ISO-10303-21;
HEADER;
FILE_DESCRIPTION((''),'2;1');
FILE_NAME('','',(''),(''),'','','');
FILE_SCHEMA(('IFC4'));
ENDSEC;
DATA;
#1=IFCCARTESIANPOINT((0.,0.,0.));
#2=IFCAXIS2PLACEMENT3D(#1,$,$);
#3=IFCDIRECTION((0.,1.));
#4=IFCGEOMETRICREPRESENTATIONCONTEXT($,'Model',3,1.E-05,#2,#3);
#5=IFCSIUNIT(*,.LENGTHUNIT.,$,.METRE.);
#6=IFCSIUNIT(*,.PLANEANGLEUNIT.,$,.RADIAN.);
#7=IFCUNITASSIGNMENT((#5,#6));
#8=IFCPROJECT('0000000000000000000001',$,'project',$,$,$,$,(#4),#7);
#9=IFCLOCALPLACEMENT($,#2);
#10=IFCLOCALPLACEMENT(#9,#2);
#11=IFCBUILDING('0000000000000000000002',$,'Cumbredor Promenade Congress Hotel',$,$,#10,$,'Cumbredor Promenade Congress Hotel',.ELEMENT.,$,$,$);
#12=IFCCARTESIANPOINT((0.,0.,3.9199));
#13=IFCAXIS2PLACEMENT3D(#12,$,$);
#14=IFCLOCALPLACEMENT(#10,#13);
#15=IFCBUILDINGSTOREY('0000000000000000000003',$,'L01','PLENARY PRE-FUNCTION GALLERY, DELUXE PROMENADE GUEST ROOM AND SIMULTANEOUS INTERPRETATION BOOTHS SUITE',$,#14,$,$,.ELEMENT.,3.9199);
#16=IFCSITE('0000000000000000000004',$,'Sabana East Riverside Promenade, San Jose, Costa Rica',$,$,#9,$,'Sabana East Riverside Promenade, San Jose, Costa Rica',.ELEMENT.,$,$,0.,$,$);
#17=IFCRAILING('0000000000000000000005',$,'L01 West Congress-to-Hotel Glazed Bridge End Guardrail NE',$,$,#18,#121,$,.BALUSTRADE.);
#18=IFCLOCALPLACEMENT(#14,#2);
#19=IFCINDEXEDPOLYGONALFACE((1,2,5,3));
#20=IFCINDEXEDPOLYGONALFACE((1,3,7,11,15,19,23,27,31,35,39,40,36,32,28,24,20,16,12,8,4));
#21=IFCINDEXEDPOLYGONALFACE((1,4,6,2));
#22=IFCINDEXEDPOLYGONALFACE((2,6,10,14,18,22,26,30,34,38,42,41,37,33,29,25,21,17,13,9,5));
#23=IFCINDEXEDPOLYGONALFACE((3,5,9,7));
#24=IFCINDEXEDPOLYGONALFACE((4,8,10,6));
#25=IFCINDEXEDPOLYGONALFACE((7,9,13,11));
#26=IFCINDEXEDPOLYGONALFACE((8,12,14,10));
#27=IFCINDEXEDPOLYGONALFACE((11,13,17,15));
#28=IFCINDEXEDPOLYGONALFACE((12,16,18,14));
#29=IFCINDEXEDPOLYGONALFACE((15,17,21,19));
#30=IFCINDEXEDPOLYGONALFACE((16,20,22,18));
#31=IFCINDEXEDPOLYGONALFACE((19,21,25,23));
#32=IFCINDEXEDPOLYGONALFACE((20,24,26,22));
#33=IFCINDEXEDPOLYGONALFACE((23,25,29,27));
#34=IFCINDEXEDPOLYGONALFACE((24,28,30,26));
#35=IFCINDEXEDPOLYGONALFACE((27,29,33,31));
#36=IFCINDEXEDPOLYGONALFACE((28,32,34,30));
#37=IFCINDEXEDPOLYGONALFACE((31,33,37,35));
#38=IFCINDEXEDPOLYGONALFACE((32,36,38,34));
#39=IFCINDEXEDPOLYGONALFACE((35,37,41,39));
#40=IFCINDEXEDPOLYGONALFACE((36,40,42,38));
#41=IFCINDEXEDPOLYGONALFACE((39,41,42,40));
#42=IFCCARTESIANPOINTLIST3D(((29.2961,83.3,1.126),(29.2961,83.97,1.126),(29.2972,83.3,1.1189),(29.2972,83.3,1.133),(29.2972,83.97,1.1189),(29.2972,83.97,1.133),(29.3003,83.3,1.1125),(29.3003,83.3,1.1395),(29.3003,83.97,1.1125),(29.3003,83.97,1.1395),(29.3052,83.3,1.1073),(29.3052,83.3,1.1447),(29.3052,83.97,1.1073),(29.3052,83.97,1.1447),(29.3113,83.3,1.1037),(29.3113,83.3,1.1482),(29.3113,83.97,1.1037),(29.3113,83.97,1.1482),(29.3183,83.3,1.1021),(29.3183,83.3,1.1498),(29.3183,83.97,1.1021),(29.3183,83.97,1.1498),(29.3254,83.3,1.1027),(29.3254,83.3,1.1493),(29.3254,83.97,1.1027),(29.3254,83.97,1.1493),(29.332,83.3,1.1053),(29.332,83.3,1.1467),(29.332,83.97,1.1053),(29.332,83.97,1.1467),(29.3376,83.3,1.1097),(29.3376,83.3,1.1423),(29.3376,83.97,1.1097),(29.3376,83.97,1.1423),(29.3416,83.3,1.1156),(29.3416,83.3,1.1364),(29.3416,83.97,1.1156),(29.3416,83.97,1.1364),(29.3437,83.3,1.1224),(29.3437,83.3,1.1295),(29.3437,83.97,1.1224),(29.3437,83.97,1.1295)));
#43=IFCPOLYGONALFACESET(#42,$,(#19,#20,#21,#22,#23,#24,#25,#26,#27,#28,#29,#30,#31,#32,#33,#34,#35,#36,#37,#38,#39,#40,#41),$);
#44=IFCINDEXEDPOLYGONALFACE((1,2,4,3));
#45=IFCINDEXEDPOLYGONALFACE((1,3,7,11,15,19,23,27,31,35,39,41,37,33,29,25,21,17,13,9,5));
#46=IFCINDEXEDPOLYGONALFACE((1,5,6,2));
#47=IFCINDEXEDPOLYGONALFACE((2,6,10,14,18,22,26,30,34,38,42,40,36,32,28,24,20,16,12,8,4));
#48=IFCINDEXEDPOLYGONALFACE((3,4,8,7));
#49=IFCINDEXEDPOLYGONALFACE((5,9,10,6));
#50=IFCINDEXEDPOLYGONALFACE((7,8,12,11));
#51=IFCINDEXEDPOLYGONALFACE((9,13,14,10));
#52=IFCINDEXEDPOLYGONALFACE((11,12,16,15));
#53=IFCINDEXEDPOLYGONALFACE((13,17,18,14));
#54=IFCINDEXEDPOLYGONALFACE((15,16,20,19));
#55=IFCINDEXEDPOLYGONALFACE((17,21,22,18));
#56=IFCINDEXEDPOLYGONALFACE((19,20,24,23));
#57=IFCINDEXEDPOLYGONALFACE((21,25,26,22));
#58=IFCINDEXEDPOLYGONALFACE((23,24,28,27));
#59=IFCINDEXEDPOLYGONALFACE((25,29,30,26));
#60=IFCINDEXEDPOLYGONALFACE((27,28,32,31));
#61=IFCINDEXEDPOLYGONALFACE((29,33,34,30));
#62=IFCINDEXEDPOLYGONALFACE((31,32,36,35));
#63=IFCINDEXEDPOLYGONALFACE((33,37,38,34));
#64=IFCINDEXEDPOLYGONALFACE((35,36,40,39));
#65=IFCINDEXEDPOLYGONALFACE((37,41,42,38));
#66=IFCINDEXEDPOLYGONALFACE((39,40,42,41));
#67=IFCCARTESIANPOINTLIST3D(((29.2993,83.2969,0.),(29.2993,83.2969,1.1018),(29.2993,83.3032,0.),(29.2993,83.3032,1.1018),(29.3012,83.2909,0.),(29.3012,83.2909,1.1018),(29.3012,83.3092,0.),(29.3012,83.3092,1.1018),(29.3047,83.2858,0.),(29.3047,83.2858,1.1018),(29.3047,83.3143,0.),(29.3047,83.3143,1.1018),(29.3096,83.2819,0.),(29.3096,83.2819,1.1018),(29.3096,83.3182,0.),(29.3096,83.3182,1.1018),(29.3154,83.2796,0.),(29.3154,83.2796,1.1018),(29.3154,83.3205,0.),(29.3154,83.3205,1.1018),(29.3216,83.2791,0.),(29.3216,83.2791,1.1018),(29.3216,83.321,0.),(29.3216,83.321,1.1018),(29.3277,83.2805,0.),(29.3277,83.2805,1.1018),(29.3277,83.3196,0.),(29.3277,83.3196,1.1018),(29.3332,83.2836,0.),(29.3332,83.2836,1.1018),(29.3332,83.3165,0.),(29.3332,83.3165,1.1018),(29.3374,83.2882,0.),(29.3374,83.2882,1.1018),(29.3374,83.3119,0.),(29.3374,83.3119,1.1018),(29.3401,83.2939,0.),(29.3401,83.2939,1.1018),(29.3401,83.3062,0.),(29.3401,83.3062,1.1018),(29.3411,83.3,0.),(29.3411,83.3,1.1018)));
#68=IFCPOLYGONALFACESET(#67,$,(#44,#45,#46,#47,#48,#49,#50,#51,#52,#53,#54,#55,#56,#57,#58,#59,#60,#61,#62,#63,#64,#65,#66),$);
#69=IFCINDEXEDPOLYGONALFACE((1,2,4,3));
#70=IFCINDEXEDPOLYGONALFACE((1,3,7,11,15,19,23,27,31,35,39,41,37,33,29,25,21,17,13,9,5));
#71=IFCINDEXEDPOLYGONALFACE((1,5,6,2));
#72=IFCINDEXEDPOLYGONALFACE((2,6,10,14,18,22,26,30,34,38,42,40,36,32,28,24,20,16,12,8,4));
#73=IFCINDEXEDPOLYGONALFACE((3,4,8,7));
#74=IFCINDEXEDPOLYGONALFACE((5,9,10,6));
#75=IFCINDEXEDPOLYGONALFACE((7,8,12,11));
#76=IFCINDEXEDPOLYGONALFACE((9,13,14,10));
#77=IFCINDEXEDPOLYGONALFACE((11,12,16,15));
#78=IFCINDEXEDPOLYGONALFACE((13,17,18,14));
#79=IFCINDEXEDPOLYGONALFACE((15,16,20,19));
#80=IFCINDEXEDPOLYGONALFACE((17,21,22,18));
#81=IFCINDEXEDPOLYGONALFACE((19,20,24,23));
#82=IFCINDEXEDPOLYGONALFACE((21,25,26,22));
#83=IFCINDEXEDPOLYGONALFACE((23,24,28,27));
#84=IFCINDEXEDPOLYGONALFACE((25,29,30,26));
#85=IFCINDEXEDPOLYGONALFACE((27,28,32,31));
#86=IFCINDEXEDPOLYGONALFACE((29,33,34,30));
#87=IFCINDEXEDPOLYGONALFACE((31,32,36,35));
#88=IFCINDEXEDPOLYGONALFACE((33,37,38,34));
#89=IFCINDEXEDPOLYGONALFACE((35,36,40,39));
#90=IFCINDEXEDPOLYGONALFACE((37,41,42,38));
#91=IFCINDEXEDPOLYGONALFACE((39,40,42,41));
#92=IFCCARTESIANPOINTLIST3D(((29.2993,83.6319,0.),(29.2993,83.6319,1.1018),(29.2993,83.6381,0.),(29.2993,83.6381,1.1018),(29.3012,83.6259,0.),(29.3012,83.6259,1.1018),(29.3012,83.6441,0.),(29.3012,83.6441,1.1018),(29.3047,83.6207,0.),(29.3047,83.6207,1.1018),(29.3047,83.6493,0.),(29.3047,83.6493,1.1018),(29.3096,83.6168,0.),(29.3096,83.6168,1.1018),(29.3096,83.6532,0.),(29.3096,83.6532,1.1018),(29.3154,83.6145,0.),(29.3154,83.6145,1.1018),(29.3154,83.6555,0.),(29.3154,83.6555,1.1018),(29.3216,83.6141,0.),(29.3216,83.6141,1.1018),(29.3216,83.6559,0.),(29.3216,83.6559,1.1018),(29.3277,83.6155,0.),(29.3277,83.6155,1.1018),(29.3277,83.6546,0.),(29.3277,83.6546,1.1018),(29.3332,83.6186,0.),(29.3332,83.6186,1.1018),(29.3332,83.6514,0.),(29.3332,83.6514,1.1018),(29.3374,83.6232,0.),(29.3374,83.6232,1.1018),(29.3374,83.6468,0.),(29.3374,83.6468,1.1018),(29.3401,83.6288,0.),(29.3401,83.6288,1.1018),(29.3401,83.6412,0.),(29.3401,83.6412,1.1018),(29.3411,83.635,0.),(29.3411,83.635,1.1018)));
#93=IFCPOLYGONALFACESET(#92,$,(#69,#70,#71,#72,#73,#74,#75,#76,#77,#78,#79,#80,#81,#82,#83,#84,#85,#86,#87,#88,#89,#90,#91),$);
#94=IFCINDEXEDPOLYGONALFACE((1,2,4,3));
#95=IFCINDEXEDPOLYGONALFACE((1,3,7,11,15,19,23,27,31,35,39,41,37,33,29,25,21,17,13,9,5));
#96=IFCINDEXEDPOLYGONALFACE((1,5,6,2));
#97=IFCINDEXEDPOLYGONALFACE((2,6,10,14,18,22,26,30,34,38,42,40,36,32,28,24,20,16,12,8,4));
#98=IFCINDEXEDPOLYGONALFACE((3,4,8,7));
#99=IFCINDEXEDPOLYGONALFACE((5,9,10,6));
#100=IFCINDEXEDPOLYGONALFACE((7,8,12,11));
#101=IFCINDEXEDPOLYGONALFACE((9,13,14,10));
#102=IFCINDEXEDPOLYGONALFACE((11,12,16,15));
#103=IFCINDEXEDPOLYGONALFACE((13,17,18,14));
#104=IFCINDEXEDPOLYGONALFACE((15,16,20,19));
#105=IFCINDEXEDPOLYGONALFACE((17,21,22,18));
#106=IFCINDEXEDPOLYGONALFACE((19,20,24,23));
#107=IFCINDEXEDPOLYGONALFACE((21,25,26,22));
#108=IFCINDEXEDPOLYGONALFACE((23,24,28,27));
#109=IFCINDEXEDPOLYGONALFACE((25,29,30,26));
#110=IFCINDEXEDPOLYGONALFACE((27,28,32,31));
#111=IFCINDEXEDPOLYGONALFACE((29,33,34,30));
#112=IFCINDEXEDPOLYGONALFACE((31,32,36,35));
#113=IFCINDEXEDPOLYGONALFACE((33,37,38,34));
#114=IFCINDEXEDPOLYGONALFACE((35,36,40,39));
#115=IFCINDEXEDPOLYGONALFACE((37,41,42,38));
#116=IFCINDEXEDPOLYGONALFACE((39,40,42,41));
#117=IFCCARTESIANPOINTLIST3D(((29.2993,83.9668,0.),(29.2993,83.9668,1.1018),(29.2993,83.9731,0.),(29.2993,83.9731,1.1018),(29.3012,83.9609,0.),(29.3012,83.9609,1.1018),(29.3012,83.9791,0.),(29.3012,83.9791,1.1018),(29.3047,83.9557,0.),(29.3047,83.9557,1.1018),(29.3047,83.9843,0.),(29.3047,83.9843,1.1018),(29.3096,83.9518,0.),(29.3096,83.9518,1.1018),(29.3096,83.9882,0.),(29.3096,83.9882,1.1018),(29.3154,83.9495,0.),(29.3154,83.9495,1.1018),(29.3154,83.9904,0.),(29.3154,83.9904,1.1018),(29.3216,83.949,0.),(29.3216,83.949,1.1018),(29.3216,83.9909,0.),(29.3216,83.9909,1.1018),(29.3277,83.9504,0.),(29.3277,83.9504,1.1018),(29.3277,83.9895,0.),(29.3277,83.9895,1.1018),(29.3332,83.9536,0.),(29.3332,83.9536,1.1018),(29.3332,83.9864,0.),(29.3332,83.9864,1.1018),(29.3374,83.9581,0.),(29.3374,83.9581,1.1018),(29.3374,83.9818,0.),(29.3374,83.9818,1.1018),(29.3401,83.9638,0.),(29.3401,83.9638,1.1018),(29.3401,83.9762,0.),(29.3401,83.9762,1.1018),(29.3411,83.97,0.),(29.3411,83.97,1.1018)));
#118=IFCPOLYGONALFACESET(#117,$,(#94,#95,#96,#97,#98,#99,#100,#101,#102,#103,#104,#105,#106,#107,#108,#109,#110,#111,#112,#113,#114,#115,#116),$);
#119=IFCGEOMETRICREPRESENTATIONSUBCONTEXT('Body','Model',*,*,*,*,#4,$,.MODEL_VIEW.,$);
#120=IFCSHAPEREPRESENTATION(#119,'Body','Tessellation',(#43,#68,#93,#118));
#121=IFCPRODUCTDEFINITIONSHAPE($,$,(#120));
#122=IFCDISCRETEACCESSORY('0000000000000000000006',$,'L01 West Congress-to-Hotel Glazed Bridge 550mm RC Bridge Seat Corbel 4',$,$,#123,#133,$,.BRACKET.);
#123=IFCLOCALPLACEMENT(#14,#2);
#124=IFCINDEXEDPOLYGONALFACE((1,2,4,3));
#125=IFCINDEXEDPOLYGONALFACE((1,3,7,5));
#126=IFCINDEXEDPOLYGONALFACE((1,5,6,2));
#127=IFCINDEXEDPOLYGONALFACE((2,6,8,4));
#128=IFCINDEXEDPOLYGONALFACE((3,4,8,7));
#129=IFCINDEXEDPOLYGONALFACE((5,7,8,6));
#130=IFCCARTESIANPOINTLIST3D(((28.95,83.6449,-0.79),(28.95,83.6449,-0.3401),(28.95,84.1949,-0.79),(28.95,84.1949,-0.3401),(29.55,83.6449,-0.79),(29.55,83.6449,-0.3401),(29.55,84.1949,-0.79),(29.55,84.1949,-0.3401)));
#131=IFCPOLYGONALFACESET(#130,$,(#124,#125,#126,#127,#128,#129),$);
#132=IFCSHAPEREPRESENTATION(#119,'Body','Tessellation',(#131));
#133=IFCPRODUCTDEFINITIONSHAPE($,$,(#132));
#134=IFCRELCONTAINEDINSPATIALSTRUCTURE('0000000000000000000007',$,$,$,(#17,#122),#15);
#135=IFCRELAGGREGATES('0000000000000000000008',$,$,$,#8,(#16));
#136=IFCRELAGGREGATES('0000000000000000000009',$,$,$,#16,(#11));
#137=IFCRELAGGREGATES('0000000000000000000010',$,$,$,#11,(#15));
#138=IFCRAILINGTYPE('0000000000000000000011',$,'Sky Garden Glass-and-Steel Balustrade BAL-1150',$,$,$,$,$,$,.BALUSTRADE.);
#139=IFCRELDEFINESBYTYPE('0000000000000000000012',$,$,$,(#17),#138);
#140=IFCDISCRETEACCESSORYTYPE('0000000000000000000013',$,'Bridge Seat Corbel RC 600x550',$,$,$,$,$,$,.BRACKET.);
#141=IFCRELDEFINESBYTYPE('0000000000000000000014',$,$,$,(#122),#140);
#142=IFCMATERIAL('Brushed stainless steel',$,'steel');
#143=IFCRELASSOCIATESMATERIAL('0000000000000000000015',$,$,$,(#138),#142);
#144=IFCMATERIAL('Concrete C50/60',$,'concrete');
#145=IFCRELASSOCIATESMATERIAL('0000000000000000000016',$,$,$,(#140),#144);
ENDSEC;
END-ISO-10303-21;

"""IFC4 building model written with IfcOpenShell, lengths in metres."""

from ifc_helpers import new_model, si_unit, direction, frame, origin, origin_2d, place, context, subcontext, project, spatial, rectangle, circle, extrude, material, type_object, element, save


model = new_model("IFC4")

# Units and contexts
model_context = context("Model", 3, precision=1e-05, world=origin(), true_north=direction((0.0, 1.0)))
body_context = subcontext(model_context, "Body", "Model", "MODEL_VIEW")
ifc_project = project(units=[si_unit("LENGTHUNIT", "METRE"), si_unit("PLANEANGLEUNIT", "RADIAN")], contexts=[model_context])

# Site, building, storey
site_placement = place(None, origin())
site = spatial("IfcSite", under=ifc_project, at=site_placement, Name="Sabana East Riverside Promenade, San Jose, Costa Rica", LongName="Sabana East Riverside Promenade, San Jose, Costa Rica", CompositionType="ELEMENT", RefElevation=0.0)
building_placement = place(site_placement, origin())
building = spatial("IfcBuilding", under=site, at=building_placement, Name="Cumbredor Promenade Congress Hotel", LongName="Cumbredor Promenade Congress Hotel", CompositionType="ELEMENT")
storey_placement = place(building_placement, frame((0.0, 0.0, 3.9199)))
storey = spatial("IfcBuildingStorey", under=building, at=storey_placement, Name="L01", Description="PLENARY PRE-FUNCTION GALLERY, DELUXE PROMENADE GUEST ROOM AND SIMULTANEOUS INTERPRETATION BOOTHS SUITE", CompositionType="ELEMENT", Elevation=3.9199)

# Shared definitions
ifc_material_1 = material(Name="Concrete C50/60", Category="concrete")

# Railing
ifc_material_2 = material(Name="Brushed stainless steel", Category="steel")
railing_type = type_object("IfcRailingType", Name="Sky Garden Glass-and-Steel Balustrade BAL-1150", PredefinedType="BALUSTRADE", material=ifc_material_2)
railing_placement = place(storey_placement, frame((29.3201, 83.3, 0.0)))
element("IfcRailing", 1, at=railing_placement, inside=storey, type_object=railing_type, Name="L01 West Congress-to-Hotel Glazed Bridge End Guardrail NE", PredefinedType="BALUSTRADE", context=body_context, shape_type="SweptSolid", body=[
    extrude(circle(Radius=0.0239, at=origin_2d()), frame((0.0, 0.0, 1.126), z_axis=(0.0, 1.0, 0.0), x_axis=(-1.0, 0.0, 0.0)), (0.0, 0.0, 1.0), 0.6699),
    extrude(circle(Radius=0.021, at=origin_2d()), origin(), (0.0, 0.0, 1.0), 1.1018),
    extrude(circle(Radius=0.021, at=origin_2d()), frame((0.0, 0.335, 0.0)), (0.0, 0.0, 1.0), 1.1018),
    extrude(circle(Radius=0.021, at=origin_2d()), frame((0.0, 0.6699, 0.0)), (0.0, 0.0, 1.0), 1.1018),
])

# Discrete accessory
discrete_accessory_type = type_object("IfcDiscreteAccessoryType", Name="Bridge Seat Corbel RC 600x550", PredefinedType="BRACKET", material=ifc_material_1)
discrete_accessory_placement = place(storey_placement, frame((29.25, 83.9199, -0.79), z_axis=(0.0, 0.0, 1.0), x_axis=(0.0, 1.0, 0.0)))
element("IfcDiscreteAccessory", 2, at=discrete_accessory_placement, inside=storey, type_object=discrete_accessory_type, Name="L01 West Congress-to-Hotel Glazed Bridge 550mm RC Bridge Seat Corbel 4", PredefinedType="BRACKET", context=body_context, shape_type="SweptSolid", body=[
    extrude(rectangle(XDim=0.55, YDim=0.6001, at=origin_2d()), origin(), (0.0, 0.0, 1.0), 0.45),
])

save(model, "model.ifc")
